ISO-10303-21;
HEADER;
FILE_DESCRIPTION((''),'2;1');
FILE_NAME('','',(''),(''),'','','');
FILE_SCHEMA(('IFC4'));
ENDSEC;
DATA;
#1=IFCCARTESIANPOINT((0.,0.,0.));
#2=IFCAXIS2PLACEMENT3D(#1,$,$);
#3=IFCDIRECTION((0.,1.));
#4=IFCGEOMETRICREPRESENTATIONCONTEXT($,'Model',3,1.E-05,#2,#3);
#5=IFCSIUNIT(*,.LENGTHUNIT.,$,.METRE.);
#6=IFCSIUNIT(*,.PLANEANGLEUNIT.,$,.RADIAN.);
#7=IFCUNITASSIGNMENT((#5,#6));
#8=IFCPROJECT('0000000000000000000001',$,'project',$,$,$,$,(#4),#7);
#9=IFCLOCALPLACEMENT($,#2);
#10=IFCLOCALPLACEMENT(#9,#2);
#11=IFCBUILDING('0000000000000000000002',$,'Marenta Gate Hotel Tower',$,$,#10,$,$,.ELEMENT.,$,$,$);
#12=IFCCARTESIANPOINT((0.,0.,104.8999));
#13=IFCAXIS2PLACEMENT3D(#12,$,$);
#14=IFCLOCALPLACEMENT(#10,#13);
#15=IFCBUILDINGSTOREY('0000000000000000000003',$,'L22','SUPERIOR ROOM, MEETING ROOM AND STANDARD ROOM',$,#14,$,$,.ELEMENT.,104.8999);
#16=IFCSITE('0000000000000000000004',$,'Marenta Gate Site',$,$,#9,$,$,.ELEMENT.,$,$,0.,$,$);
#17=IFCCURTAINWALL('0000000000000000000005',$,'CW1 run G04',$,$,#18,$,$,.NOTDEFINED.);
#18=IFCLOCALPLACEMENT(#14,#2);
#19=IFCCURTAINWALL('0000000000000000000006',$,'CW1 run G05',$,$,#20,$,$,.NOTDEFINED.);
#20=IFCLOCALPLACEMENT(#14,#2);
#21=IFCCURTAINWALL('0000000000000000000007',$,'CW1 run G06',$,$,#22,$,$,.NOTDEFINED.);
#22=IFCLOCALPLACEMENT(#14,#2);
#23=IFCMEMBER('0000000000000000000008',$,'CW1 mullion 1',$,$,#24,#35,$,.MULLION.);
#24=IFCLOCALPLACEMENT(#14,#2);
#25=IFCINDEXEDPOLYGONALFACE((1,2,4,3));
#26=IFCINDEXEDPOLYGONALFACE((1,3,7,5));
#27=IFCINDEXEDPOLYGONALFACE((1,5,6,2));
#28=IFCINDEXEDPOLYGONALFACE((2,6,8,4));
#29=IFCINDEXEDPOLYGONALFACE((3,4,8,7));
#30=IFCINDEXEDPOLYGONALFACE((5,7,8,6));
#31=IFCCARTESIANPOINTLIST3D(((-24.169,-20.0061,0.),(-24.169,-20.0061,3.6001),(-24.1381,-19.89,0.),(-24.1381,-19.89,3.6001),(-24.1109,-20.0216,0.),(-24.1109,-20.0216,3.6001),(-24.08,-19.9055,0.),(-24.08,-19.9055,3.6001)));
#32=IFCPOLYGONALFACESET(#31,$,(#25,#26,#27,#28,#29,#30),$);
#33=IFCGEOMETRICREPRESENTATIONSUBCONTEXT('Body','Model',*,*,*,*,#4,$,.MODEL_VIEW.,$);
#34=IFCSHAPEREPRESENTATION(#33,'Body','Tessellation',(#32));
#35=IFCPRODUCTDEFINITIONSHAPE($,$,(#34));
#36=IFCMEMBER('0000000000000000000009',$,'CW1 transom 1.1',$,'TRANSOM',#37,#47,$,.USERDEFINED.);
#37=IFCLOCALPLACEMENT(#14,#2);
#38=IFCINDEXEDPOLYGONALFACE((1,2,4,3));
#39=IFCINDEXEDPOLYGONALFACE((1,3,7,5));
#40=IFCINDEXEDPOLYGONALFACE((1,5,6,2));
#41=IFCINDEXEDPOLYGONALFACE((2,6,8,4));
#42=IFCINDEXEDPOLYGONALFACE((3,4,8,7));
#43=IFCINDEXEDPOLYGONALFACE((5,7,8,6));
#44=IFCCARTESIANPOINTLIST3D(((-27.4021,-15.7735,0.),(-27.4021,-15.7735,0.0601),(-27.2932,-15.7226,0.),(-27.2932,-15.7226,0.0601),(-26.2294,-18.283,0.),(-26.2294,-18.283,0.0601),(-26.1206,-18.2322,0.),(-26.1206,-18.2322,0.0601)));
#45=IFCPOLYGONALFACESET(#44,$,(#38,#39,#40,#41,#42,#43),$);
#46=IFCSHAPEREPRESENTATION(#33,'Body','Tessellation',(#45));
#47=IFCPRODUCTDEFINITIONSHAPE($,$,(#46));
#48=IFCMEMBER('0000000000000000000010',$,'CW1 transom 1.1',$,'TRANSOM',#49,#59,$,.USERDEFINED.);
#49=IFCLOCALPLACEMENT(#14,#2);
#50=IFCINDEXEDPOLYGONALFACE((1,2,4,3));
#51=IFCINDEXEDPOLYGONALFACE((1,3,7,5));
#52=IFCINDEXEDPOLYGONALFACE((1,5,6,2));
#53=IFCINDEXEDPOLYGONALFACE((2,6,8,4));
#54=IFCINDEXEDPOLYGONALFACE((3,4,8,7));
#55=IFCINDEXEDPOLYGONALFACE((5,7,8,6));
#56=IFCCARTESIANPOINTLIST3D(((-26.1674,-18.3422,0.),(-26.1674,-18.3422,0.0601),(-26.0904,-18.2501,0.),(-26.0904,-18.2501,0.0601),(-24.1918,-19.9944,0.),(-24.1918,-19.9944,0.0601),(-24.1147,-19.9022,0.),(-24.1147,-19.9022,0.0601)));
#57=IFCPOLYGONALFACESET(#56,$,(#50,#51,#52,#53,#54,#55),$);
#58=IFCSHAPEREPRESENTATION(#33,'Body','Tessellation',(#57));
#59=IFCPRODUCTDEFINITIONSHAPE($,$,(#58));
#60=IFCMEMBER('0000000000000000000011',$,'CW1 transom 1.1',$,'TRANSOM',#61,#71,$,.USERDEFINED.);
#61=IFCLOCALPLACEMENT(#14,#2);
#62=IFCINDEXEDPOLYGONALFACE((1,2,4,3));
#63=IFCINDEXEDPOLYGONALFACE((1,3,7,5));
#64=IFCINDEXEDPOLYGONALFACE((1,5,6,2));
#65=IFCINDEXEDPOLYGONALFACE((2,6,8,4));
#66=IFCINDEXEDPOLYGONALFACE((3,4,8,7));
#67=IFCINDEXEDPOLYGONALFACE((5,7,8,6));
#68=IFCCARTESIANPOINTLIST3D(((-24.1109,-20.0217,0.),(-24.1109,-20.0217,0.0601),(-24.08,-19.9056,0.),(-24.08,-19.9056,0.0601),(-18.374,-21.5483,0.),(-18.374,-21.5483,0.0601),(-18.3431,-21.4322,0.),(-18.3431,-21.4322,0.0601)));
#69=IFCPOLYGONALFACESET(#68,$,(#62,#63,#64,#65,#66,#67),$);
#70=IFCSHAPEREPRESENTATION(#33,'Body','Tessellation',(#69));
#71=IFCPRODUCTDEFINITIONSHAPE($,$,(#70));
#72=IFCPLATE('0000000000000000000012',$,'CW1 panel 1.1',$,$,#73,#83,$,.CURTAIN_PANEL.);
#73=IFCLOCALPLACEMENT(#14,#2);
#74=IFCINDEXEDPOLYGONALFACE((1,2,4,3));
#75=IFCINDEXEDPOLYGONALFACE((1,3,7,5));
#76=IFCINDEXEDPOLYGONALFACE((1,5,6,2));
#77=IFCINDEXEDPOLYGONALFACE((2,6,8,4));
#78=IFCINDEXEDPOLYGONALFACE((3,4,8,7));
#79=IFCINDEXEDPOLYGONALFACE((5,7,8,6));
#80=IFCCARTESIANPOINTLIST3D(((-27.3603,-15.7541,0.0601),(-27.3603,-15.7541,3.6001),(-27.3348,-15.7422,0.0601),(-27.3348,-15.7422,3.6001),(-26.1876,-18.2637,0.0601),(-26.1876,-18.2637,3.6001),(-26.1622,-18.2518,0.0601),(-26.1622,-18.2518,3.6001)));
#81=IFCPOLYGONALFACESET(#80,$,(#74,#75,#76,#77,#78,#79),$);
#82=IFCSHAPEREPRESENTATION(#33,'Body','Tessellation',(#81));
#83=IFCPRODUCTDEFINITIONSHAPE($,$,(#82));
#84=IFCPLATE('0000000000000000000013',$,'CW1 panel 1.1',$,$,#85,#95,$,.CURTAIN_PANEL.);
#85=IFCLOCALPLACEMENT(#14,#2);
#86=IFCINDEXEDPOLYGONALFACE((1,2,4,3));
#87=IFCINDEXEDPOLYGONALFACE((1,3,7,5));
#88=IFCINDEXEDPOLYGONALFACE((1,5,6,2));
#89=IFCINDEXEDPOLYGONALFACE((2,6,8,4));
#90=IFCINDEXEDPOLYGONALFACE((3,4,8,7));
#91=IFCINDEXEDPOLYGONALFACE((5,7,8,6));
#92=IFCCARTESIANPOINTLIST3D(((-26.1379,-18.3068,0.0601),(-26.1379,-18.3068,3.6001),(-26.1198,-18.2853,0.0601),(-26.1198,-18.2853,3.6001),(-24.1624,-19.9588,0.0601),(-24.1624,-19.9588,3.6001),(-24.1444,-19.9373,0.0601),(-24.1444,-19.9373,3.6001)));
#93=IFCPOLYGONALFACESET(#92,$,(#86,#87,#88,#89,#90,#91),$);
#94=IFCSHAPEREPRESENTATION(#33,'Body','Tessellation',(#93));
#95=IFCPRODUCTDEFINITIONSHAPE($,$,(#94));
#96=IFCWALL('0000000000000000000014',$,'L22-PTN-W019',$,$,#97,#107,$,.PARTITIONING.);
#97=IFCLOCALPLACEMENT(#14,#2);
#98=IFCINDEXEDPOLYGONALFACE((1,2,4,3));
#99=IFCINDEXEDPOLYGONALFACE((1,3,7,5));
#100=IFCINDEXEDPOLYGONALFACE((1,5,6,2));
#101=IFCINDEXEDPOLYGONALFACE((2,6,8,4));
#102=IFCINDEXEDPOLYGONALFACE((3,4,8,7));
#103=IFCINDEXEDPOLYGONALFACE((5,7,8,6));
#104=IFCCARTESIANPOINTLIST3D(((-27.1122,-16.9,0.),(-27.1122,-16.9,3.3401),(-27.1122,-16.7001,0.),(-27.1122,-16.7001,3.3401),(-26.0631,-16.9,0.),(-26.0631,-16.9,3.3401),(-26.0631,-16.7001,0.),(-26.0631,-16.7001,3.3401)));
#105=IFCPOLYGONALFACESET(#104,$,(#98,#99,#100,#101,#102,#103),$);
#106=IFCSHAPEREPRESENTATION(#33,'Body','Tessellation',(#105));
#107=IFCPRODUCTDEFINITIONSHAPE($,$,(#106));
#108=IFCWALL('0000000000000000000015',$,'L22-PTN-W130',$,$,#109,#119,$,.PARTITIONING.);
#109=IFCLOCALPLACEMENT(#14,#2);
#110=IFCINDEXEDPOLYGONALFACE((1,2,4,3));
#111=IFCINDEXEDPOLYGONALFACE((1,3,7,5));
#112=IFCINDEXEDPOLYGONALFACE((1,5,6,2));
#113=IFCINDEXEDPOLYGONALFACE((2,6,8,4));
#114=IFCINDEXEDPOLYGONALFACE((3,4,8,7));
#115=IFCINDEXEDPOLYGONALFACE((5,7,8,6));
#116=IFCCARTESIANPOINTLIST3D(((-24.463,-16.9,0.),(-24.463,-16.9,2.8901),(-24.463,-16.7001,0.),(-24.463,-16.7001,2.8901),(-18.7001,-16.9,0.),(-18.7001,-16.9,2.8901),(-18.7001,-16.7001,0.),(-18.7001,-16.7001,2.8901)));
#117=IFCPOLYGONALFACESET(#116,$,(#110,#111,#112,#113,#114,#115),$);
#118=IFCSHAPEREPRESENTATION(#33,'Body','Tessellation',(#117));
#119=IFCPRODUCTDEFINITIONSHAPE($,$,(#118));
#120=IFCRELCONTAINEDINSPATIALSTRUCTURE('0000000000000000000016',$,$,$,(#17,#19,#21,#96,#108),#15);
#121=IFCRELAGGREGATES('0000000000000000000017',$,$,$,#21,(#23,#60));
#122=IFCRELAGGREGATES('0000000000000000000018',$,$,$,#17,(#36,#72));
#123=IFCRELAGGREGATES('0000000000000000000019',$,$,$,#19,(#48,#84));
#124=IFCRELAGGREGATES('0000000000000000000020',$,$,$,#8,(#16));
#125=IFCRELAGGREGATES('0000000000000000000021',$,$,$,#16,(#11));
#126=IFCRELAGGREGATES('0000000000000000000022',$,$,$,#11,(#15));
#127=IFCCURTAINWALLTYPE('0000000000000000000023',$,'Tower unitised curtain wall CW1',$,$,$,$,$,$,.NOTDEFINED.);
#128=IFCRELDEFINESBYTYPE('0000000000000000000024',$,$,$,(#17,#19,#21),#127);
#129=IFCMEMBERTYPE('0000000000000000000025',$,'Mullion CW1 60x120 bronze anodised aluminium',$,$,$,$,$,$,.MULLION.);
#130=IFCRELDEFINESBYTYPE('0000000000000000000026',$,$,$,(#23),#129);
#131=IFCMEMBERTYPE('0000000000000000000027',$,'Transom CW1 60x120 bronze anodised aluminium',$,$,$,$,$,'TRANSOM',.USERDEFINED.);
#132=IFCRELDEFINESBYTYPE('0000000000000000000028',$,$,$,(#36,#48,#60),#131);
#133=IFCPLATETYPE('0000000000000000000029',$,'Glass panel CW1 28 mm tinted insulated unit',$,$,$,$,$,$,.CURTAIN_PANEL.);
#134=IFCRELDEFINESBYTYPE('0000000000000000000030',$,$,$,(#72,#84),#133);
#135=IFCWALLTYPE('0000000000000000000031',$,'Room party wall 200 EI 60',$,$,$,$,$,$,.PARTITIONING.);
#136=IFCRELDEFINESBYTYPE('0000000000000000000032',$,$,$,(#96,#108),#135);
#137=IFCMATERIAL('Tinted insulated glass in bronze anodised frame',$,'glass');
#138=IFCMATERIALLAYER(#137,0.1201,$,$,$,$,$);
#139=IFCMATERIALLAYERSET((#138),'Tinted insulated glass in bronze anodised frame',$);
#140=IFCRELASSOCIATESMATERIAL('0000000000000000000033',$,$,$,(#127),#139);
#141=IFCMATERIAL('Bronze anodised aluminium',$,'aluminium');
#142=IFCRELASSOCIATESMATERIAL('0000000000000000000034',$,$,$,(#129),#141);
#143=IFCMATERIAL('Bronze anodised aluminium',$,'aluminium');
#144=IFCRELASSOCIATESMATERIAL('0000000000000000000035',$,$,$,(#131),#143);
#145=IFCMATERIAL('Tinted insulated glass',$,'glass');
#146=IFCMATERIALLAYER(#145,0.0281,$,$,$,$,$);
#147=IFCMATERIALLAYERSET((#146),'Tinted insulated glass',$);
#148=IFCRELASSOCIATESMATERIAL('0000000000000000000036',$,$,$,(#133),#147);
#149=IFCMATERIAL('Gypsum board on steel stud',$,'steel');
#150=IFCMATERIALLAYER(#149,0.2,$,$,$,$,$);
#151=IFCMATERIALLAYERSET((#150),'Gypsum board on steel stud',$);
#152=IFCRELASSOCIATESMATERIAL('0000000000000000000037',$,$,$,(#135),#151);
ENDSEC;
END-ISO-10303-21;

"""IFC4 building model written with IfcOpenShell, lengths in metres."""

from ifc_helpers import new_model, si_unit, direction, frame, frame_2d, origin, origin_2d, place, context, subcontext, project, spatial, rectangle, extrude, material, layer, layer_set, material_profile, profile_set, type_object, element, aggregate, save


model = new_model("IFC4")

# Units and contexts
model_context = context("Model", 3, precision=1e-05, world=origin(), true_north=direction((0.0, 1.0)))
body_context = subcontext(model_context, "Body", "Model", "MODEL_VIEW")
ifc_project = project(units=[si_unit("LENGTHUNIT", "METRE"), si_unit("PLANEANGLEUNIT", "RADIAN")], contexts=[model_context])

# Site, building, storey
site_placement = place(None, origin())
site = spatial("IfcSite", under=ifc_project, at=site_placement, Name="Marenta Gate Site", CompositionType="ELEMENT", RefElevation=0.0)
building_placement = place(site_placement, origin())
building = spatial("IfcBuilding", under=site, at=building_placement, Name="Marenta Gate Hotel Tower", CompositionType="ELEMENT")
storey_placement = place(building_placement, frame((0.0, 0.0, 104.8999)))
storey = spatial("IfcBuildingStorey", under=building, at=storey_placement, Name="L22", Description="SUPERIOR ROOM, MEETING ROOM AND STANDARD ROOM", CompositionType="ELEMENT", Elevation=104.8999)

# Curtain walls, member
ifc_material_1 = material(Name="Tinted insulated glass in bronze anodised frame", Category="glass")
ifc_layer_1 = layer(ifc_material_1, 0.1201)
ifc_layer_set_1 = layer_set([ifc_layer_1], Name="Tinted insulated glass in bronze anodised frame")
curtain_wall_type = type_object("IfcCurtainWallType", Name="Tower unitised curtain wall CW1", PredefinedType="NOTDEFINED", material=ifc_layer_set_1)
curtain_wall_1_placement = place(storey_placement, origin())
curtain_wall_1 = element("IfcCurtainWall", 1, at=curtain_wall_1_placement, inside=storey, type_object=curtain_wall_type, Name="CW1 run G04", PredefinedType="NOTDEFINED")
ifc_material_2 = material(Name="Bronze anodised aluminium", Category="aluminium")
ifc_material_profile_1 = material_profile(ifc_material_2, rectangle(XDim=0.1201, YDim=0.0601, at=origin_2d()), Name="Mullion CW1 60x120 bronze anodised aluminium")
ifc_profile_set_1 = profile_set([ifc_material_profile_1], Name="Bronze anodised aluminium")
member_type_1 = type_object("IfcMemberType", Name="Mullion CW1 60x120 bronze anodised aluminium", PredefinedType="MULLION", material=ifc_profile_set_1)
curtain_wall_2_placement = place(storey_placement, origin())
curtain_wall_2 = element("IfcCurtainWall", 2, at=curtain_wall_2_placement, inside=storey, type_object=curtain_wall_type, Name="CW1 run G05", PredefinedType="NOTDEFINED")
curtain_wall_3_placement = place(storey_placement, origin())
curtain_wall_3 = element("IfcCurtainWall", 3, at=curtain_wall_3_placement, inside=storey, type_object=curtain_wall_type, Name="CW1 run G06", PredefinedType="NOTDEFINED")
member_1_placement = place(storey_placement, frame((-24.1245, -19.9558, 0.0), z_axis=(0.0, 0.0, 1.0), x_axis=(0.257144, 0.966373, 0.0)))
member_1 = element("IfcMember", 4, at=member_1_placement, type_object=member_type_1, Name="CW1 mullion 1", PredefinedType="MULLION", context=body_context, shape_type="SweptSolid", body=[
    extrude(rectangle(XDim=0.1201, YDim=0.0601, at=origin_2d()), origin(), (0.0, 0.0, 1.0), 3.6001),
])

# Members
ifc_material_3 = material(Name="Bronze anodised aluminium", Category="aluminium")
ifc_material_profile_2 = material_profile(ifc_material_3, rectangle(XDim=0.1201, YDim=0.0601, at=origin_2d()), Name="Transom CW1 60x120 bronze anodised aluminium")
ifc_profile_set_2 = profile_set([ifc_material_profile_2], Name="Bronze anodised aluminium")
member_type_2 = type_object("IfcMemberType", Name="Transom CW1 60x120 bronze anodised aluminium", ElementType="TRANSOM", PredefinedType="USERDEFINED", material=ifc_profile_set_2)
member_2_placement = place(storey_placement, frame((-27.3477, -15.748, 0.03), z_axis=(0.423329, -0.905976, 0.0), x_axis=(0.905976, 0.423329, 0.0)))
member_2 = element("IfcMember", 5, at=member_2_placement, type_object=member_type_2, Name="CW1 transom 1.1", ObjectType="TRANSOM", PredefinedType="USERDEFINED", context=body_context, shape_type="SweptSolid", body=[
    extrude(rectangle(XDim=0.1201, YDim=0.0601, at=origin_2d()), origin(), (0.0, 0.0, 1.0), 2.77),
])
member_3_placement = place(storey_placement, frame((-26.1289, -18.2961, 0.03), z_axis=(0.767117, -0.641508, 0.0), x_axis=(0.641508, 0.767117, 0.0)))
member_3 = element("IfcMember", 6, at=member_3_placement, type_object=member_type_2, Name="CW1 transom 1.1", ObjectType="TRANSOM", PredefinedType="USERDEFINED", context=body_context, shape_type="SweptSolid", body=[
    extrude(rectangle(XDim=0.1201, YDim=0.0601, at=origin_2d()), origin(), (0.0, 0.0, 1.0), 2.5754),
])
member_4_placement = place(storey_placement, frame((-24.0955, -19.9636, 0.03), z_axis=(0.966369, -0.257158, 0.0), x_axis=(0.257158, 0.966369, 0.0)))
member_4 = element("IfcMember", 7, at=member_4_placement, type_object=member_type_2, Name="CW1 transom 1.1", ObjectType="TRANSOM", PredefinedType="USERDEFINED", context=body_context, shape_type="SweptSolid", body=[
    extrude(rectangle(XDim=0.1201, YDim=0.0601, at=origin_2d()), origin(), (0.0, 0.0, 1.0), 5.9365),
])
aggregate(curtain_wall_3, [member_1, member_4])

# Plates
ifc_material_4 = material(Name="Tinted insulated glass", Category="glass")
ifc_layer_2 = layer(ifc_material_4, 0.0281)
ifc_layer_set_2 = layer_set([ifc_layer_2], Name="Tinted insulated glass")
plate_type = type_object("IfcPlateType", Name="Glass panel CW1 28 mm tinted insulated unit", PredefinedType="CURTAIN_PANEL", material=ifc_layer_set_2)
plate_1_placement = place(storey_placement, frame((-26.7612, -17.0029, 0.0601), z_axis=(0.0, 0.0, 1.0), x_axis=(0.423338, -0.905972, 0.0)))
plate_1 = element("IfcPlate", 8, at=plate_1_placement, type_object=plate_type, Name="CW1 panel 1.1", PredefinedType="CURTAIN_PANEL", context=body_context, shape_type="SweptSolid", body=[
    extrude(rectangle(XDim=2.77, YDim=0.0281, at=origin_2d()), origin(), (0.0, 0.0, 1.0), 3.54),
])
aggregate(curtain_wall_1, [member_2, plate_1])
plate_2_placement = place(storey_placement, frame((-25.1411, -19.1221, 0.0601), z_axis=(0.0, 0.0, 1.0), x_axis=(0.767113, -0.641512, 0.0)))
plate_2 = element("IfcPlate", 9, at=plate_2_placement, type_object=plate_type, Name="CW1 panel 1.1", PredefinedType="CURTAIN_PANEL", context=body_context, shape_type="SweptSolid", body=[
    extrude(rectangle(XDim=2.5752, YDim=0.0281, at=origin_2d()), origin(), (0.0, 0.0, 1.0), 3.54),
])
aggregate(curtain_wall_2, [member_3, plate_2])

# Walls
ifc_material_5 = material(Name="Gypsum board on steel stud", Category="steel")
ifc_layer_3 = layer(ifc_material_5, 0.2)
ifc_layer_set_3 = layer_set([ifc_layer_3], Name="Gypsum board on steel stud")
wall_type = type_object("IfcWallType", Name="Room party wall 200 EI 60", PredefinedType="PARTITIONING", material=ifc_layer_set_3)
wall_1_placement = place(storey_placement, frame((-27.1121, -16.8, 0.0), z_axis=(0.0, 0.0, 1.0), x_axis=(1.0, 0.0, 0.0)))
element("IfcWall", 10, at=wall_1_placement, inside=storey, type_object=wall_type, Name="L22-PTN-W019", PredefinedType="PARTITIONING", context=body_context, shape_type="SweptSolid", body=[
    extrude(rectangle(XDim=1.0491, YDim=0.2, at=frame_2d((0.5244, 0.0))), origin(), (0.0, 0.0, 1.0), 3.3401),
])
wall_2_placement = place(storey_placement, frame((-24.4629, -16.8, 0.0), z_axis=(0.0, 0.0, 1.0), x_axis=(1.0, 0.0, 0.0)))
element("IfcWall", 11, at=wall_2_placement, inside=storey, type_object=wall_type, Name="L22-PTN-W130", PredefinedType="PARTITIONING", context=body_context, shape_type="SweptSolid", body=[
    extrude(rectangle(XDim=5.7629, YDim=0.2, at=frame_2d((2.8813, 0.0))), origin(), (0.0, 0.0, 1.0), 2.8901),
])

save(model, "model.ifc")
